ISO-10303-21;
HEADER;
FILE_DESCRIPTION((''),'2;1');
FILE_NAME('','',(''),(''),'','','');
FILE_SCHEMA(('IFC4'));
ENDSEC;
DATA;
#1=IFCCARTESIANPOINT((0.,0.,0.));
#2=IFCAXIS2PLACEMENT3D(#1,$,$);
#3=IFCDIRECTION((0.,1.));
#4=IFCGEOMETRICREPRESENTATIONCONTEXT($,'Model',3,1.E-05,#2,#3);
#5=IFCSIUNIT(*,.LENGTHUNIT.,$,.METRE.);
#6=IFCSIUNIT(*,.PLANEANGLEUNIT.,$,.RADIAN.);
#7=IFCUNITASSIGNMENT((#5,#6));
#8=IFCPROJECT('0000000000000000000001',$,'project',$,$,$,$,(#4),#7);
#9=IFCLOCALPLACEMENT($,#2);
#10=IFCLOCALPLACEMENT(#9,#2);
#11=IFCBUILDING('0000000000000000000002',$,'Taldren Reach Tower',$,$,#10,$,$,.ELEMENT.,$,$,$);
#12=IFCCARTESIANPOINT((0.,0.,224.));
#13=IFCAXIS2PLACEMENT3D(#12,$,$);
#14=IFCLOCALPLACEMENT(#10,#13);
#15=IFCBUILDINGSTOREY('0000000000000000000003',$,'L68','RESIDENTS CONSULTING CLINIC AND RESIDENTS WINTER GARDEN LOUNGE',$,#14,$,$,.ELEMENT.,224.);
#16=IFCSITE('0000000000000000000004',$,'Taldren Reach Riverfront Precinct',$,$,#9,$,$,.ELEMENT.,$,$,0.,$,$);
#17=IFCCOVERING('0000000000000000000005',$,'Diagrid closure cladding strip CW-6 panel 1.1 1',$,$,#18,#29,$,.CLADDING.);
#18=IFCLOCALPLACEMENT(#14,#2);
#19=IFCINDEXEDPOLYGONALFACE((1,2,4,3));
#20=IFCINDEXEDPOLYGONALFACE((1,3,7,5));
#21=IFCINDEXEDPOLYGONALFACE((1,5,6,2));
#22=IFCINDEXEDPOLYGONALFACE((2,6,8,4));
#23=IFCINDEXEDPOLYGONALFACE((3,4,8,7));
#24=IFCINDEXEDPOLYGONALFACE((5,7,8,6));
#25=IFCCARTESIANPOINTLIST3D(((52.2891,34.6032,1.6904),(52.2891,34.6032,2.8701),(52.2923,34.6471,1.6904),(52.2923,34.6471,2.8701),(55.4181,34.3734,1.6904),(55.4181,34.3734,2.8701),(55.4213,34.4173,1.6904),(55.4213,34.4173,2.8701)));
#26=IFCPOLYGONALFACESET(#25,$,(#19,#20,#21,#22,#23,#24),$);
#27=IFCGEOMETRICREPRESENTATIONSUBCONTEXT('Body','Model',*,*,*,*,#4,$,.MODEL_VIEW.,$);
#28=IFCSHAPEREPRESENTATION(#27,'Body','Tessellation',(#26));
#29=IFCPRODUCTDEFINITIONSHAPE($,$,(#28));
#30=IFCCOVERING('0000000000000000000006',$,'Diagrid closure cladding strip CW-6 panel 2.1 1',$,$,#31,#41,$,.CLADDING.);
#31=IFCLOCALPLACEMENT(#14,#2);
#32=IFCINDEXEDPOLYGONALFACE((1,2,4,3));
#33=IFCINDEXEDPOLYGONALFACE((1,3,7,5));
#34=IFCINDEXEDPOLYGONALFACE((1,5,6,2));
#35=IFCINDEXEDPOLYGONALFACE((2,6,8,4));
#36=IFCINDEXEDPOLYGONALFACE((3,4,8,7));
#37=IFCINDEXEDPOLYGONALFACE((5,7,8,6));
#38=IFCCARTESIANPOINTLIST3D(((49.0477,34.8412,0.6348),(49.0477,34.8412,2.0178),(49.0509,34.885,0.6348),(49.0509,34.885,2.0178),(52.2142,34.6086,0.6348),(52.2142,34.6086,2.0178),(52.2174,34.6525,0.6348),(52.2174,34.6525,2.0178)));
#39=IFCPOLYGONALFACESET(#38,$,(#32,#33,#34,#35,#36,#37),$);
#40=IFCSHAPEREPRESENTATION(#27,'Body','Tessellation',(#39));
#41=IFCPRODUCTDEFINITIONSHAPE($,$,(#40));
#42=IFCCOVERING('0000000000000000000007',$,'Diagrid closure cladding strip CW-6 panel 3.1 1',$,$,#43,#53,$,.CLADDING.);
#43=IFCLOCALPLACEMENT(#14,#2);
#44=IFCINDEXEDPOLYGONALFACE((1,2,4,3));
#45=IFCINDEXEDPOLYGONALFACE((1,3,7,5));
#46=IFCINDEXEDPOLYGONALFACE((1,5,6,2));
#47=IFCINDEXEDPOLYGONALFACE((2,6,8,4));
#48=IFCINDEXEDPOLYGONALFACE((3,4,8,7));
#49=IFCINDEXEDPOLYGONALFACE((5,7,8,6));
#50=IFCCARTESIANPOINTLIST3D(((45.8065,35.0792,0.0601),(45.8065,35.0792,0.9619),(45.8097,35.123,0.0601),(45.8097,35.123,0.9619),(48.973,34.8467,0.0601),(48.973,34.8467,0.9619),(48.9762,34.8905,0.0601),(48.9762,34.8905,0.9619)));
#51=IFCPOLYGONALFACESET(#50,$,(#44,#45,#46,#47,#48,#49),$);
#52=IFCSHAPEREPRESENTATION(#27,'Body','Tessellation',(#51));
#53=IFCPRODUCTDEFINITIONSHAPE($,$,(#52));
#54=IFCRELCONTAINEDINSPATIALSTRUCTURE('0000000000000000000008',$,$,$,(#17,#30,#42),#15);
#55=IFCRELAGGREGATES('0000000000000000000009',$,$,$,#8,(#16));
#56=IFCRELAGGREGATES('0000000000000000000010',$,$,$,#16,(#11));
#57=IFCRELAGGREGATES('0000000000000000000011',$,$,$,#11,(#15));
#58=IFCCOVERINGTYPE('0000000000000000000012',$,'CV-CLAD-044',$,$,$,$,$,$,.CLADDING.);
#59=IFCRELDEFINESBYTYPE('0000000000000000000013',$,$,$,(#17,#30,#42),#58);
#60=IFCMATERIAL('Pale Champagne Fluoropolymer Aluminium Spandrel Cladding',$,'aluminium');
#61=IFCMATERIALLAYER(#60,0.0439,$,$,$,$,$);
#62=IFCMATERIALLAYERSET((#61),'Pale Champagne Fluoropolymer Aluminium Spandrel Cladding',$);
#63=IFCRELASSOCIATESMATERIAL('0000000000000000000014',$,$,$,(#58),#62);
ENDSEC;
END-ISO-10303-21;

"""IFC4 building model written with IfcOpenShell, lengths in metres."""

from ifc_helpers import new_model, si_unit, direction, frame, origin, origin_2d, place, context, subcontext, project, spatial, rectangle, extrude, source, transform, mapped, material, layer, layer_set, type_object, element, save


model = new_model("IFC4")

# Units and contexts
model_context = context("Model", 3, precision=1e-05, world=origin(), true_north=direction((0.0, 1.0)))
body_context = subcontext(model_context, "Body", "Model", "MODEL_VIEW")
ifc_project = project(units=[si_unit("LENGTHUNIT", "METRE"), si_unit("PLANEANGLEUNIT", "RADIAN")], contexts=[model_context])

# Site, building, storey
site_placement = place(None, origin())
site = spatial("IfcSite", under=ifc_project, at=site_placement, Name="Taldren Reach Riverfront Precinct", CompositionType="ELEMENT", RefElevation=0.0)
building_placement = place(site_placement, origin())
building = spatial("IfcBuilding", under=site, at=building_placement, Name="Taldren Reach Tower", CompositionType="ELEMENT")
storey_placement = place(building_placement, frame((0.0, 0.0, 224.0)))
storey = spatial("IfcBuildingStorey", under=building, at=storey_placement, Name="L68", Description="RESIDENTS CONSULTING CLINIC AND RESIDENTS WINTER GARDEN LOUNGE", CompositionType="ELEMENT", Elevation=224.0)

# Coverings
ifc_material_1 = material(Name="Pale Champagne Fluoropolymer Aluminium Spandrel Cladding", Category="aluminium")
ifc_layer_1 = layer(ifc_material_1, 0.0439)
ifc_layer_set_1 = layer_set([ifc_layer_1], Name="Pale Champagne Fluoropolymer Aluminium Spandrel Cladding")
covering_type = type_object("IfcCoveringType", Name="CV-CLAD-044", PredefinedType="CLADDING", material=ifc_layer_set_1)
shared_shape_1 = source(origin(), body_context, "Body", "SweptSolid", [
    extrude(rectangle(XDim=3.1375, YDim=0.0439, at=origin_2d()), origin(), (0.0, 0.0, 1.0), 1.1797),
])
covering_1_placement = place(storey_placement, frame((53.8552, 34.5103, 1.6904), z_axis=(0.0, 0.0, 1.0), x_axis=(-0.997314, 0.073238, 0.0)))
element("IfcCovering", 1, at=covering_1_placement, inside=storey, type_object=covering_type, Name="Diagrid closure cladding strip CW-6 panel 1.1 1", PredefinedType="CLADDING", context=body_context, shape_type="MappedRepresentation", body=[
    mapped(shared_shape_1, transform((0.0, 0.0, 0.0), scale=1.0)),
])
shared_shape_2 = source(origin(), body_context, "Body", "SweptSolid", [
    extrude(rectangle(XDim=3.175, YDim=0.0439, at=origin_2d()), origin(), (0.0, 0.0, 1.0), 1.3831),
])
covering_2_placement = place(storey_placement, frame((50.6326, 34.7468, 0.6348), z_axis=(0.0, 0.0, 1.0), x_axis=(-0.997314, 0.073238, 0.0)))
element("IfcCovering", 2, at=covering_2_placement, inside=storey, type_object=covering_type, Name="Diagrid closure cladding strip CW-6 panel 2.1 1", PredefinedType="CLADDING", context=body_context, shape_type="MappedRepresentation", body=[
    mapped(shared_shape_2, transform((0.0, 0.0, 0.0), scale=1.0)),
])
shared_shape_3 = source(origin(), body_context, "Body", "SweptSolid", [
    extrude(rectangle(XDim=3.175, YDim=0.0439, at=origin_2d()), origin(), (0.0, 0.0, 1.0), 0.9019),
])
covering_3_placement = place(storey_placement, frame((47.3914, 34.9849, 0.0601), z_axis=(0.0, 0.0, 1.0), x_axis=(-0.997314, 0.073238, 0.0)))
element("IfcCovering", 3, at=covering_3_placement, inside=storey, type_object=covering_type, Name="Diagrid closure cladding strip CW-6 panel 3.1 1", PredefinedType="CLADDING", context=body_context, shape_type="MappedRepresentation", body=[
    mapped(shared_shape_3, transform((0.0, 0.0, 0.0), scale=1.0)),
])

save(model, "model.ifc")
